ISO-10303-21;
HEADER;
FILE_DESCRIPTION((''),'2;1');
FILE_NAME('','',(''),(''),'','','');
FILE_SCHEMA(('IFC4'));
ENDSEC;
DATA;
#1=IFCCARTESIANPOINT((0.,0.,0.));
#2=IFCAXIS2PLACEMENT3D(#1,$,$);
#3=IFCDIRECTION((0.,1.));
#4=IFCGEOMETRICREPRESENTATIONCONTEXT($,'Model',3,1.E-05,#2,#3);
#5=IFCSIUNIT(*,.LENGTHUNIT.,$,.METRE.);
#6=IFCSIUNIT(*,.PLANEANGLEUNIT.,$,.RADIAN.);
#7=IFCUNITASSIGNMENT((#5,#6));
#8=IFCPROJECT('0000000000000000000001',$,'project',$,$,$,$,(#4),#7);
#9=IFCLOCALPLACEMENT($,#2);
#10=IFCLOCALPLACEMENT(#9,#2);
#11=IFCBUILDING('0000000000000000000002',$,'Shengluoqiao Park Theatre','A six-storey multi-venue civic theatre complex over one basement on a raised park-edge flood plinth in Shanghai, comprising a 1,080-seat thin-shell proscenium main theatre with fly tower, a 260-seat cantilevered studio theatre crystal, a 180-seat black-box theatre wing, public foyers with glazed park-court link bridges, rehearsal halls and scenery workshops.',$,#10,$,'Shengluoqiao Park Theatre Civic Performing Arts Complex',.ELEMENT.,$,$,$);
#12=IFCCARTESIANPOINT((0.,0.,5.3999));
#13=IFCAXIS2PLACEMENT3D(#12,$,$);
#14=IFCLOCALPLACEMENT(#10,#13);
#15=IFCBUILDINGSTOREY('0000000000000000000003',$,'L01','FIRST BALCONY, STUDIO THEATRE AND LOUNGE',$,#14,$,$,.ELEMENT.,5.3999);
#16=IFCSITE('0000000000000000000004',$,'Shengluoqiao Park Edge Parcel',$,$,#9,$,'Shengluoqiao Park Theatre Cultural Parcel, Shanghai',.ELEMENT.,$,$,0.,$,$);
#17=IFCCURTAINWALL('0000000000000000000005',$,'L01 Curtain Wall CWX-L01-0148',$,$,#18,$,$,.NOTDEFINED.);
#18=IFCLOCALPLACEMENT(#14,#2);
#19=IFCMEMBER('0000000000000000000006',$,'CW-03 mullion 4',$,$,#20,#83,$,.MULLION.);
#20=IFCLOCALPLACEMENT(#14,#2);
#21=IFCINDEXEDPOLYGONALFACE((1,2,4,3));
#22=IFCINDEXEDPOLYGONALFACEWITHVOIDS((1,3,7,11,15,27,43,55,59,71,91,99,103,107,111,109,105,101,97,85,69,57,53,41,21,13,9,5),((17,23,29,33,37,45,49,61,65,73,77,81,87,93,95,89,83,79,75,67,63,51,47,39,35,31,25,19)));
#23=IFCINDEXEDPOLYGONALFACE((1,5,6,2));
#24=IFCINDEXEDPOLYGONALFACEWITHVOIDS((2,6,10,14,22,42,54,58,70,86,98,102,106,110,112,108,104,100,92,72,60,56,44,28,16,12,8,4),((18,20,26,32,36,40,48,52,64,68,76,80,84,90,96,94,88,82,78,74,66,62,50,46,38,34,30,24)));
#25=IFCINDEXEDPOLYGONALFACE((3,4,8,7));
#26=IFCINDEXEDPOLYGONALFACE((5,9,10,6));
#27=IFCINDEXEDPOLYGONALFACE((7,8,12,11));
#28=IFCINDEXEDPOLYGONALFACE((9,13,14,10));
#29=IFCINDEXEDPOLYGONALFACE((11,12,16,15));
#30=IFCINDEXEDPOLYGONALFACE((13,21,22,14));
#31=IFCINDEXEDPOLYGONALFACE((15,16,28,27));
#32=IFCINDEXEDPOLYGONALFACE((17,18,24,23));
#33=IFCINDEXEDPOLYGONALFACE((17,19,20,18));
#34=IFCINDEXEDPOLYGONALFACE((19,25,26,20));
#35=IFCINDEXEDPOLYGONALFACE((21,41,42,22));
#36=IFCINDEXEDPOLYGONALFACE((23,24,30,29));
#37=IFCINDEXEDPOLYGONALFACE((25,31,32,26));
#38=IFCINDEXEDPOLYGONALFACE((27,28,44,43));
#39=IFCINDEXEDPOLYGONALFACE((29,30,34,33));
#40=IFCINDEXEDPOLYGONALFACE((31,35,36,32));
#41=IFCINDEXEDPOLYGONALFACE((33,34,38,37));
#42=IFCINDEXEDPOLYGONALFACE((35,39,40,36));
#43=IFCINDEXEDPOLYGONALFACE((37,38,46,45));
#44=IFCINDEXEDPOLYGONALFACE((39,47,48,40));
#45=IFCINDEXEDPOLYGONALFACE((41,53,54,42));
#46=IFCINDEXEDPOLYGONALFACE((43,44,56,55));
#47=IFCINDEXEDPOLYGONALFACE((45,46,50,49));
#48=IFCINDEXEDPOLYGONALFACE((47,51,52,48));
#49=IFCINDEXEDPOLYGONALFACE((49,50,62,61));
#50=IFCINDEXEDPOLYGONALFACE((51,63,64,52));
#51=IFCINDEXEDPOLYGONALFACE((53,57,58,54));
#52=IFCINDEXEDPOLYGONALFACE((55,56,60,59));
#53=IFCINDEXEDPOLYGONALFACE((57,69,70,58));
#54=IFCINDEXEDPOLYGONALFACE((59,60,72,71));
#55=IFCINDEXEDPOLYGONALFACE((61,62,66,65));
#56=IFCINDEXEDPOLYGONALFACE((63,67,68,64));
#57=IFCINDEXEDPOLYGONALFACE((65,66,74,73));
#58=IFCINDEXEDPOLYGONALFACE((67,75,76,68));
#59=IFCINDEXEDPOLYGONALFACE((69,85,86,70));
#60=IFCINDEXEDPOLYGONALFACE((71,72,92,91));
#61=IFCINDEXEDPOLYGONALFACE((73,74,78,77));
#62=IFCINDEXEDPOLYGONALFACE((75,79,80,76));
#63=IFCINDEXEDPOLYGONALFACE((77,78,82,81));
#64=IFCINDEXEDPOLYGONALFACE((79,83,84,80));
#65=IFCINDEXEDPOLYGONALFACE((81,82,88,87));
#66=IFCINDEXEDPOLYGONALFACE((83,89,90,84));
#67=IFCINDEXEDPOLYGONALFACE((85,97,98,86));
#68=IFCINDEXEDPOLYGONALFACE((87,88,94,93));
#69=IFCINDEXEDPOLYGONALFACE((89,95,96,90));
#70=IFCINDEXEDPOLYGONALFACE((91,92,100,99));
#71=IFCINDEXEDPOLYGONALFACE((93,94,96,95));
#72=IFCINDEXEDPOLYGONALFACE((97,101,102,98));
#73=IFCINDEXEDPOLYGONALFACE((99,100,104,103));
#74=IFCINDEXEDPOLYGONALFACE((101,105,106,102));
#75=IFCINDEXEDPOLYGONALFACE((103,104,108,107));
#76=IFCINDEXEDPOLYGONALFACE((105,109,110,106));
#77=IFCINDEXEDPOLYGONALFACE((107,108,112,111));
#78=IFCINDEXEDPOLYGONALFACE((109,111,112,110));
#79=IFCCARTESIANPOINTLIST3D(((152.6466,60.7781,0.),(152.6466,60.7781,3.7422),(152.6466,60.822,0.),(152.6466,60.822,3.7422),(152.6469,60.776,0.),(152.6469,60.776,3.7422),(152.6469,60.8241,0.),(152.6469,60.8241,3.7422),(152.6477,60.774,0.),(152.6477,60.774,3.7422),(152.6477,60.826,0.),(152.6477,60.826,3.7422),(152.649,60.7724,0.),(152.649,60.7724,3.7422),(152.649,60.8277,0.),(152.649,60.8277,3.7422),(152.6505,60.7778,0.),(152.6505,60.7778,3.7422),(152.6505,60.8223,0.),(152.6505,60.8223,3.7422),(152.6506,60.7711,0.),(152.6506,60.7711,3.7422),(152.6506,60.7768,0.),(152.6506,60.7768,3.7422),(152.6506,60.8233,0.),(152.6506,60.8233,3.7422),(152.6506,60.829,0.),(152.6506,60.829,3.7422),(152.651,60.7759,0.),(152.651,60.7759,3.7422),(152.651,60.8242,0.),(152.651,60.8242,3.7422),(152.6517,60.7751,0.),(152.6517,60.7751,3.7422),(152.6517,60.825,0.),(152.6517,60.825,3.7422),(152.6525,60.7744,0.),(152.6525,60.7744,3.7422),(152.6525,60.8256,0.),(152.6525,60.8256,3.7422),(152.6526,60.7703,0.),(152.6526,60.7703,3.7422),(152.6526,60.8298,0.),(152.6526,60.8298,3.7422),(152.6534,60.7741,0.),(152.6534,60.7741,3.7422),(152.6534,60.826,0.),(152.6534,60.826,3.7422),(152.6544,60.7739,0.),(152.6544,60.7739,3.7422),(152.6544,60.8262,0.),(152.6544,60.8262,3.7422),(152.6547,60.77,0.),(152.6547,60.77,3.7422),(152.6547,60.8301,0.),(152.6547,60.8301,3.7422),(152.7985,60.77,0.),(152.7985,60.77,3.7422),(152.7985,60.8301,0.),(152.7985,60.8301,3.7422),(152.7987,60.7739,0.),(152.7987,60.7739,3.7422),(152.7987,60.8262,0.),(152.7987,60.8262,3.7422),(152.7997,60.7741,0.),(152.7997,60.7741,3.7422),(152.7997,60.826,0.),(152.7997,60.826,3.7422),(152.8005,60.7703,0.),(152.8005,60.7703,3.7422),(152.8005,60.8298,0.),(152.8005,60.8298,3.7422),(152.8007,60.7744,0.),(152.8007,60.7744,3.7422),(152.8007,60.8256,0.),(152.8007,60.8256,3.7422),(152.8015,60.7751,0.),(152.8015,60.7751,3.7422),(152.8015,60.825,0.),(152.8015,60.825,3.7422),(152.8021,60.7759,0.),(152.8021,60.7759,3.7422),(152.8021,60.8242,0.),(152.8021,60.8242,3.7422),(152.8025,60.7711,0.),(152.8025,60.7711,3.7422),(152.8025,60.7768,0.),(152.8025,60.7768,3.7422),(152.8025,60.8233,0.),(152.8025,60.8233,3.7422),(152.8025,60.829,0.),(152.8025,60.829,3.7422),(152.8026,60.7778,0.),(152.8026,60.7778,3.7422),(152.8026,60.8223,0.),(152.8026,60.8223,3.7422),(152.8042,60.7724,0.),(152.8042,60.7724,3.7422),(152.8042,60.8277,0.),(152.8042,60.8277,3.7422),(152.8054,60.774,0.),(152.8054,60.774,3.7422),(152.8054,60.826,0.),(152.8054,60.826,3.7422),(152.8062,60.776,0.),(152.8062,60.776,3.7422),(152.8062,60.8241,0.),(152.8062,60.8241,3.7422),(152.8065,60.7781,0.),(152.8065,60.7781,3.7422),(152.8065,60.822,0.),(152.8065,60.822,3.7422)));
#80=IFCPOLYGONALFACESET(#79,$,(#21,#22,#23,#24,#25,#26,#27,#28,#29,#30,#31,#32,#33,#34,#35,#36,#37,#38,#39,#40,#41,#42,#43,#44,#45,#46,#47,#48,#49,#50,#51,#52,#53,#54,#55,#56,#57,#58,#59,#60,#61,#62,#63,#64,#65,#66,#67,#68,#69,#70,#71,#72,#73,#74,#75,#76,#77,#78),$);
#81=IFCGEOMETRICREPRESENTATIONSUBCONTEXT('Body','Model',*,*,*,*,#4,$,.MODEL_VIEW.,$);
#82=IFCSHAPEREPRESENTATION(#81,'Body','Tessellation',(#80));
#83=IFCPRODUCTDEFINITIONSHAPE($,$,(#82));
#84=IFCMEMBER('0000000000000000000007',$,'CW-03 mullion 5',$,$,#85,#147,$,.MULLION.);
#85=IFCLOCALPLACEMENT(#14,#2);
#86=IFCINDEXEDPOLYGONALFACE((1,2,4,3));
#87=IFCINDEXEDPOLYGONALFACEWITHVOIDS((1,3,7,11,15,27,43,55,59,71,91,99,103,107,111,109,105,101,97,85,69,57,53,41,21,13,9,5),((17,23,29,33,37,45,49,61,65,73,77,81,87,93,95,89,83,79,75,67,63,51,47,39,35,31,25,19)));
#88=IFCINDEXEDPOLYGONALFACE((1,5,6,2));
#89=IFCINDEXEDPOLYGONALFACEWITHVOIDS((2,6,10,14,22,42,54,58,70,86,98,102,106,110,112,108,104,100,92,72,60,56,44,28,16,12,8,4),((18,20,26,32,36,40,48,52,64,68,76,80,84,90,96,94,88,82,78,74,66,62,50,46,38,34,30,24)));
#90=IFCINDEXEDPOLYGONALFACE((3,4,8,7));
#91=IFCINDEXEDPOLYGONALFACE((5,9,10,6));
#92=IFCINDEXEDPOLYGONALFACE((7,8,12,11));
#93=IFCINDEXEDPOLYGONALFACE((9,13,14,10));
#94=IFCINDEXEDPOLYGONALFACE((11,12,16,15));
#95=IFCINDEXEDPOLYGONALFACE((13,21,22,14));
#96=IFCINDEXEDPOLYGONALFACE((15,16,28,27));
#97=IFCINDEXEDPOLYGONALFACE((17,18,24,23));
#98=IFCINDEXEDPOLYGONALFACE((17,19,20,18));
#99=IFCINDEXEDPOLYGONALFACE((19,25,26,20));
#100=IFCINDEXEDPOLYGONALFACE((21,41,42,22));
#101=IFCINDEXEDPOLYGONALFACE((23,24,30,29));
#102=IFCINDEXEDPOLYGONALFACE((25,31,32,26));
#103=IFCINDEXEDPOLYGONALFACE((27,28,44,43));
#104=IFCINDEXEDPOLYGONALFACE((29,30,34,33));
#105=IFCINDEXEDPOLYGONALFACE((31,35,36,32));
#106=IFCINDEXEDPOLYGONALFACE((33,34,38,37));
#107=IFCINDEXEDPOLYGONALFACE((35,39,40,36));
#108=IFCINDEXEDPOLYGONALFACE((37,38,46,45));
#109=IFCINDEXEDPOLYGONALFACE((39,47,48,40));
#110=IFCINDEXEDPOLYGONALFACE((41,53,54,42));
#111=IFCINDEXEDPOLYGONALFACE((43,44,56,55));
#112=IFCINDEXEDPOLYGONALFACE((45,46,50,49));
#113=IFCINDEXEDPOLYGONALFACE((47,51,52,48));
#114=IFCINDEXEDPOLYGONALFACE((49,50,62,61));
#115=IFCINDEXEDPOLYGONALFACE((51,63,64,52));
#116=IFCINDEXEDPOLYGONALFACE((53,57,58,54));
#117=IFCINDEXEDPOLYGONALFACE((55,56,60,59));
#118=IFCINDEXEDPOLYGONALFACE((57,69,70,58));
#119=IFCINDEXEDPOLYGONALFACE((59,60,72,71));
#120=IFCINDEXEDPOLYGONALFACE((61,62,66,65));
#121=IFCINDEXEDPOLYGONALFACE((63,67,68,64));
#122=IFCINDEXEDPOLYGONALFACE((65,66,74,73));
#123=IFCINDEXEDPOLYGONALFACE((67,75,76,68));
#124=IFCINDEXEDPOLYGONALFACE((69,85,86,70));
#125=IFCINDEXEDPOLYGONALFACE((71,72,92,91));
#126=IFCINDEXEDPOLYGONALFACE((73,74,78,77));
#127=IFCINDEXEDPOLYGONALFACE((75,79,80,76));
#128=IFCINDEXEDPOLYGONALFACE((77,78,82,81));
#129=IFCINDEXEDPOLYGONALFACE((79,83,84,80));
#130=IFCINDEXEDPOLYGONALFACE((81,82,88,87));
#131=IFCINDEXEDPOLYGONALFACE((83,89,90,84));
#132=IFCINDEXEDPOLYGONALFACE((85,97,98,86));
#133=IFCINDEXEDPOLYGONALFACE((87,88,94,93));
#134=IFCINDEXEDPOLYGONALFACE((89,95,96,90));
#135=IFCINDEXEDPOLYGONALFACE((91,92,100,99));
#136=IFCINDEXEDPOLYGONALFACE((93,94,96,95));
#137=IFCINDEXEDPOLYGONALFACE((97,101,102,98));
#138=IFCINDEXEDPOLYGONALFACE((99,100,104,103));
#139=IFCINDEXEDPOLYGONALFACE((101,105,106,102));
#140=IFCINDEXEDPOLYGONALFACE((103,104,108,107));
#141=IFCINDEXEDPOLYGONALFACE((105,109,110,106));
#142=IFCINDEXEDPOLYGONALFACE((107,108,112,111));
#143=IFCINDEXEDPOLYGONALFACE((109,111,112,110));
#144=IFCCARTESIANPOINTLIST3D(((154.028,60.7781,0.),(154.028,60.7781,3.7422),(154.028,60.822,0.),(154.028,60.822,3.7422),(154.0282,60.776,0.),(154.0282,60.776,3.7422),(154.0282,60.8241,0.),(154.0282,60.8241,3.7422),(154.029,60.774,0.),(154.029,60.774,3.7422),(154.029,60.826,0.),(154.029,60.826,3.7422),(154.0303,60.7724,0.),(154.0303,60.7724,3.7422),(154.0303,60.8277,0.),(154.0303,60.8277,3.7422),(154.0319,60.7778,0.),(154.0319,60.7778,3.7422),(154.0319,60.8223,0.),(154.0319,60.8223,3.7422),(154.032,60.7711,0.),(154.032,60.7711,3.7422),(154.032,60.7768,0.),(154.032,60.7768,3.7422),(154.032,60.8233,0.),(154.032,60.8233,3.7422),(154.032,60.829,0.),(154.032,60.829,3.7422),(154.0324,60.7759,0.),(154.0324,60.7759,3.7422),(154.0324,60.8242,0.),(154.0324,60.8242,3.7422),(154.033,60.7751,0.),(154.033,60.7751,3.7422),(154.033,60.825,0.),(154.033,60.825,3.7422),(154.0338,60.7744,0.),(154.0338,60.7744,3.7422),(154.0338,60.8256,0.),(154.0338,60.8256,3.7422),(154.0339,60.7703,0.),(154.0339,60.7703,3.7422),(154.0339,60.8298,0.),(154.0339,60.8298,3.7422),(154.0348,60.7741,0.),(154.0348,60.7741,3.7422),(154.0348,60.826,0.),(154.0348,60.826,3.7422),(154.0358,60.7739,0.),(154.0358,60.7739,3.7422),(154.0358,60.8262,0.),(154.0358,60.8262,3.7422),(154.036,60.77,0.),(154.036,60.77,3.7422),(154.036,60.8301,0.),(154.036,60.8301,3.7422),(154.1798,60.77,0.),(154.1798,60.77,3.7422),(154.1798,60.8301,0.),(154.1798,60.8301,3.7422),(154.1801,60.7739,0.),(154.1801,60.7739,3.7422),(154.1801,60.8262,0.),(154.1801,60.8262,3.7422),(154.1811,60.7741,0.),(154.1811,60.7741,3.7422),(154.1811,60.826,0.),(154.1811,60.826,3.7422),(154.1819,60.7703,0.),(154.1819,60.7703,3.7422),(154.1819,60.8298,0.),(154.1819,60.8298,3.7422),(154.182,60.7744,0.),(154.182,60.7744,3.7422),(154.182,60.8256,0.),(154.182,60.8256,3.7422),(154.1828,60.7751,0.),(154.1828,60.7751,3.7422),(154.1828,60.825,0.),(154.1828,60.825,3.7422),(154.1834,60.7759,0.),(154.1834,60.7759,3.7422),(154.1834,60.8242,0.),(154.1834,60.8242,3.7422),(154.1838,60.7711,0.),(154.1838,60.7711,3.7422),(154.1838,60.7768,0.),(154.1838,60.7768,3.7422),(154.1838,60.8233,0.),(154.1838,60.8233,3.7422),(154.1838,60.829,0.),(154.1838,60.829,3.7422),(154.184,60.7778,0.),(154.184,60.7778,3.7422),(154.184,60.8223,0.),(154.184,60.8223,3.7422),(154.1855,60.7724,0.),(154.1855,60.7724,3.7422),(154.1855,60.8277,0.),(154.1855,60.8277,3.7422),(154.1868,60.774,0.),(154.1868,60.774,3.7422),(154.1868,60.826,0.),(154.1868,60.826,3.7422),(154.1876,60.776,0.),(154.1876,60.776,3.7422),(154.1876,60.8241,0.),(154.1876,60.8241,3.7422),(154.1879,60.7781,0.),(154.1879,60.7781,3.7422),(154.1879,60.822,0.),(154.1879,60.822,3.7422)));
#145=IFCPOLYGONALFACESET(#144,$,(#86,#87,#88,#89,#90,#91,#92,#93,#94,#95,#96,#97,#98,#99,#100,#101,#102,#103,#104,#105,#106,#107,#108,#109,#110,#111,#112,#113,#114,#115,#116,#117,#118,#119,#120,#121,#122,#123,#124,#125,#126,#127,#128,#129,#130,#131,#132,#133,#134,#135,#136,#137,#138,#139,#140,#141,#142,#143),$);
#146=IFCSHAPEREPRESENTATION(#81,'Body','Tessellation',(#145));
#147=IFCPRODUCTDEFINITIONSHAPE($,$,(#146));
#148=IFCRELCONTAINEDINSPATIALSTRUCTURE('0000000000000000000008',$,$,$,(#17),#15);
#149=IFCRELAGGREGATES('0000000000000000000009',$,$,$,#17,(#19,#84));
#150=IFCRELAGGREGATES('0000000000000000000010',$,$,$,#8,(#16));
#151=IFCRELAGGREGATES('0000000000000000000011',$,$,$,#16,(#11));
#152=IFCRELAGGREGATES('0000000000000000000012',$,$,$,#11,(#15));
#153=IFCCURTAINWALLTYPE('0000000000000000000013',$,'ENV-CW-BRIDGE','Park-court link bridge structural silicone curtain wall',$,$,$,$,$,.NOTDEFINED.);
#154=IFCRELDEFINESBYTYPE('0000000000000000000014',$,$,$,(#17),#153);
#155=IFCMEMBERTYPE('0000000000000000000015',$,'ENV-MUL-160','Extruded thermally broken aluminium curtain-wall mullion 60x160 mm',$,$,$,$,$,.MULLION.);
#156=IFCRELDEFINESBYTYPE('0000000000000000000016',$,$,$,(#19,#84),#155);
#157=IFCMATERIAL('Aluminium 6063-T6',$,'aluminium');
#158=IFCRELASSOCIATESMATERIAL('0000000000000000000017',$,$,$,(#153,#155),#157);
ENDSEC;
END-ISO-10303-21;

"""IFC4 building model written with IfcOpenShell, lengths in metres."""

from ifc_helpers import new_model, si_unit, direction, frame, origin, origin_2d, place, context, subcontext, project, spatial, hollow_rectangle, extrude, material, material_profile, profile_set, type_object, element, aggregate, save


model = new_model("IFC4")

# Units and contexts
model_context = context("Model", 3, precision=1e-05, world=origin(), true_north=direction((0.0, 1.0)))
body_context = subcontext(model_context, "Body", "Model", "MODEL_VIEW")
ifc_project = project(units=[si_unit("LENGTHUNIT", "METRE"), si_unit("PLANEANGLEUNIT", "RADIAN")], contexts=[model_context])

# Site, building, storey
site_placement = place(None, origin())
site = spatial("IfcSite", under=ifc_project, at=site_placement, Name="Shengluoqiao Park Edge Parcel", LongName="Shengluoqiao Park Theatre Cultural Parcel, Shanghai", CompositionType="ELEMENT", RefElevation=0.0)
building_placement = place(site_placement, origin())
building = spatial("IfcBuilding", under=site, at=building_placement, Name="Shengluoqiao Park Theatre", Description="A six-storey multi-venue civic theatre complex over one basement on a raised park-edge flood plinth in Shanghai, comprising a 1,080-seat thin-shell proscenium main theatre with fly tower, a 260-seat cantilevered studio theatre crystal, a 180-seat black-box theatre wing, public foyers with glazed park-court link bridges, rehearsal halls and scenery workshops.", LongName="Shengluoqiao Park Theatre Civic Performing Arts Complex", CompositionType="ELEMENT")
storey_placement = place(building_placement, frame((0.0, 0.0, 5.3999)))
storey = spatial("IfcBuildingStorey", under=building, at=storey_placement, Name="L01", Description="FIRST BALCONY, STUDIO THEATRE AND LOUNGE", CompositionType="ELEMENT", Elevation=5.3999)

# Curtain wall, members
ifc_material_1 = material(Name="Aluminium 6063-T6", Category="aluminium")
curtain_wall_type = type_object("IfcCurtainWallType", Name="ENV-CW-BRIDGE", Description="Park-court link bridge structural silicone curtain wall", PredefinedType="NOTDEFINED", material=ifc_material_1)
curtain_wall_placement = place(storey_placement, origin())
curtain_wall = element("IfcCurtainWall", 1, at=curtain_wall_placement, inside=storey, type_object=curtain_wall_type, Name="L01 Curtain Wall CWX-L01-0148", PredefinedType="NOTDEFINED")
ifc_material_profile_1 = material_profile(ifc_material_1, hollow_rectangle(XDim=0.0601, YDim=0.1599, WallThickness=0.0039, InnerFilletRadius=0.0039, OuterFilletRadius=0.0081, at=origin_2d()), Name="ALU MULLION 160x60x4")
ifc_profile_set_1 = profile_set([ifc_material_profile_1], Name="Aluminium 6063-T6")
member_type_1 = type_object("IfcMemberType", Name="ENV-MUL-160", Description="Extruded thermally broken aluminium curtain-wall mullion 60x160 mm", PredefinedType="MULLION", material=ifc_profile_set_1)
member_1_placement = place(storey_placement, frame((152.7266, 60.8, 0.0), z_axis=(0.0, 0.0, 1.0), x_axis=(0.0, 1.0, 0.0)))
member_1 = element("IfcMember", 2, at=member_1_placement, type_object=member_type_1, Name="CW-03 mullion 4", PredefinedType="MULLION", context=body_context, shape_type="SweptSolid", body=[
    extrude(hollow_rectangle(XDim=0.0601, YDim=0.1599, WallThickness=0.0039, InnerFilletRadius=0.0039, OuterFilletRadius=0.0081, at=origin_2d()), origin(), (0.0, 0.0, 1.0), 3.7422),
])
member_2_placement = place(storey_placement, frame((154.1079, 60.8, 0.0), z_axis=(0.0, 0.0, 1.0), x_axis=(0.0, 1.0, 0.0)))
member_2 = element("IfcMember", 3, at=member_2_placement, type_object=member_type_1, Name="CW-03 mullion 5", PredefinedType="MULLION", context=body_context, shape_type="SweptSolid", body=[
    extrude(hollow_rectangle(XDim=0.0601, YDim=0.1599, WallThickness=0.0039, InnerFilletRadius=0.0039, OuterFilletRadius=0.0081, at=origin_2d()), origin(), (0.0, 0.0, 1.0), 3.7422),
])

aggregate(curtain_wall, [member_1, member_2])

save(model, "model.ifc")
